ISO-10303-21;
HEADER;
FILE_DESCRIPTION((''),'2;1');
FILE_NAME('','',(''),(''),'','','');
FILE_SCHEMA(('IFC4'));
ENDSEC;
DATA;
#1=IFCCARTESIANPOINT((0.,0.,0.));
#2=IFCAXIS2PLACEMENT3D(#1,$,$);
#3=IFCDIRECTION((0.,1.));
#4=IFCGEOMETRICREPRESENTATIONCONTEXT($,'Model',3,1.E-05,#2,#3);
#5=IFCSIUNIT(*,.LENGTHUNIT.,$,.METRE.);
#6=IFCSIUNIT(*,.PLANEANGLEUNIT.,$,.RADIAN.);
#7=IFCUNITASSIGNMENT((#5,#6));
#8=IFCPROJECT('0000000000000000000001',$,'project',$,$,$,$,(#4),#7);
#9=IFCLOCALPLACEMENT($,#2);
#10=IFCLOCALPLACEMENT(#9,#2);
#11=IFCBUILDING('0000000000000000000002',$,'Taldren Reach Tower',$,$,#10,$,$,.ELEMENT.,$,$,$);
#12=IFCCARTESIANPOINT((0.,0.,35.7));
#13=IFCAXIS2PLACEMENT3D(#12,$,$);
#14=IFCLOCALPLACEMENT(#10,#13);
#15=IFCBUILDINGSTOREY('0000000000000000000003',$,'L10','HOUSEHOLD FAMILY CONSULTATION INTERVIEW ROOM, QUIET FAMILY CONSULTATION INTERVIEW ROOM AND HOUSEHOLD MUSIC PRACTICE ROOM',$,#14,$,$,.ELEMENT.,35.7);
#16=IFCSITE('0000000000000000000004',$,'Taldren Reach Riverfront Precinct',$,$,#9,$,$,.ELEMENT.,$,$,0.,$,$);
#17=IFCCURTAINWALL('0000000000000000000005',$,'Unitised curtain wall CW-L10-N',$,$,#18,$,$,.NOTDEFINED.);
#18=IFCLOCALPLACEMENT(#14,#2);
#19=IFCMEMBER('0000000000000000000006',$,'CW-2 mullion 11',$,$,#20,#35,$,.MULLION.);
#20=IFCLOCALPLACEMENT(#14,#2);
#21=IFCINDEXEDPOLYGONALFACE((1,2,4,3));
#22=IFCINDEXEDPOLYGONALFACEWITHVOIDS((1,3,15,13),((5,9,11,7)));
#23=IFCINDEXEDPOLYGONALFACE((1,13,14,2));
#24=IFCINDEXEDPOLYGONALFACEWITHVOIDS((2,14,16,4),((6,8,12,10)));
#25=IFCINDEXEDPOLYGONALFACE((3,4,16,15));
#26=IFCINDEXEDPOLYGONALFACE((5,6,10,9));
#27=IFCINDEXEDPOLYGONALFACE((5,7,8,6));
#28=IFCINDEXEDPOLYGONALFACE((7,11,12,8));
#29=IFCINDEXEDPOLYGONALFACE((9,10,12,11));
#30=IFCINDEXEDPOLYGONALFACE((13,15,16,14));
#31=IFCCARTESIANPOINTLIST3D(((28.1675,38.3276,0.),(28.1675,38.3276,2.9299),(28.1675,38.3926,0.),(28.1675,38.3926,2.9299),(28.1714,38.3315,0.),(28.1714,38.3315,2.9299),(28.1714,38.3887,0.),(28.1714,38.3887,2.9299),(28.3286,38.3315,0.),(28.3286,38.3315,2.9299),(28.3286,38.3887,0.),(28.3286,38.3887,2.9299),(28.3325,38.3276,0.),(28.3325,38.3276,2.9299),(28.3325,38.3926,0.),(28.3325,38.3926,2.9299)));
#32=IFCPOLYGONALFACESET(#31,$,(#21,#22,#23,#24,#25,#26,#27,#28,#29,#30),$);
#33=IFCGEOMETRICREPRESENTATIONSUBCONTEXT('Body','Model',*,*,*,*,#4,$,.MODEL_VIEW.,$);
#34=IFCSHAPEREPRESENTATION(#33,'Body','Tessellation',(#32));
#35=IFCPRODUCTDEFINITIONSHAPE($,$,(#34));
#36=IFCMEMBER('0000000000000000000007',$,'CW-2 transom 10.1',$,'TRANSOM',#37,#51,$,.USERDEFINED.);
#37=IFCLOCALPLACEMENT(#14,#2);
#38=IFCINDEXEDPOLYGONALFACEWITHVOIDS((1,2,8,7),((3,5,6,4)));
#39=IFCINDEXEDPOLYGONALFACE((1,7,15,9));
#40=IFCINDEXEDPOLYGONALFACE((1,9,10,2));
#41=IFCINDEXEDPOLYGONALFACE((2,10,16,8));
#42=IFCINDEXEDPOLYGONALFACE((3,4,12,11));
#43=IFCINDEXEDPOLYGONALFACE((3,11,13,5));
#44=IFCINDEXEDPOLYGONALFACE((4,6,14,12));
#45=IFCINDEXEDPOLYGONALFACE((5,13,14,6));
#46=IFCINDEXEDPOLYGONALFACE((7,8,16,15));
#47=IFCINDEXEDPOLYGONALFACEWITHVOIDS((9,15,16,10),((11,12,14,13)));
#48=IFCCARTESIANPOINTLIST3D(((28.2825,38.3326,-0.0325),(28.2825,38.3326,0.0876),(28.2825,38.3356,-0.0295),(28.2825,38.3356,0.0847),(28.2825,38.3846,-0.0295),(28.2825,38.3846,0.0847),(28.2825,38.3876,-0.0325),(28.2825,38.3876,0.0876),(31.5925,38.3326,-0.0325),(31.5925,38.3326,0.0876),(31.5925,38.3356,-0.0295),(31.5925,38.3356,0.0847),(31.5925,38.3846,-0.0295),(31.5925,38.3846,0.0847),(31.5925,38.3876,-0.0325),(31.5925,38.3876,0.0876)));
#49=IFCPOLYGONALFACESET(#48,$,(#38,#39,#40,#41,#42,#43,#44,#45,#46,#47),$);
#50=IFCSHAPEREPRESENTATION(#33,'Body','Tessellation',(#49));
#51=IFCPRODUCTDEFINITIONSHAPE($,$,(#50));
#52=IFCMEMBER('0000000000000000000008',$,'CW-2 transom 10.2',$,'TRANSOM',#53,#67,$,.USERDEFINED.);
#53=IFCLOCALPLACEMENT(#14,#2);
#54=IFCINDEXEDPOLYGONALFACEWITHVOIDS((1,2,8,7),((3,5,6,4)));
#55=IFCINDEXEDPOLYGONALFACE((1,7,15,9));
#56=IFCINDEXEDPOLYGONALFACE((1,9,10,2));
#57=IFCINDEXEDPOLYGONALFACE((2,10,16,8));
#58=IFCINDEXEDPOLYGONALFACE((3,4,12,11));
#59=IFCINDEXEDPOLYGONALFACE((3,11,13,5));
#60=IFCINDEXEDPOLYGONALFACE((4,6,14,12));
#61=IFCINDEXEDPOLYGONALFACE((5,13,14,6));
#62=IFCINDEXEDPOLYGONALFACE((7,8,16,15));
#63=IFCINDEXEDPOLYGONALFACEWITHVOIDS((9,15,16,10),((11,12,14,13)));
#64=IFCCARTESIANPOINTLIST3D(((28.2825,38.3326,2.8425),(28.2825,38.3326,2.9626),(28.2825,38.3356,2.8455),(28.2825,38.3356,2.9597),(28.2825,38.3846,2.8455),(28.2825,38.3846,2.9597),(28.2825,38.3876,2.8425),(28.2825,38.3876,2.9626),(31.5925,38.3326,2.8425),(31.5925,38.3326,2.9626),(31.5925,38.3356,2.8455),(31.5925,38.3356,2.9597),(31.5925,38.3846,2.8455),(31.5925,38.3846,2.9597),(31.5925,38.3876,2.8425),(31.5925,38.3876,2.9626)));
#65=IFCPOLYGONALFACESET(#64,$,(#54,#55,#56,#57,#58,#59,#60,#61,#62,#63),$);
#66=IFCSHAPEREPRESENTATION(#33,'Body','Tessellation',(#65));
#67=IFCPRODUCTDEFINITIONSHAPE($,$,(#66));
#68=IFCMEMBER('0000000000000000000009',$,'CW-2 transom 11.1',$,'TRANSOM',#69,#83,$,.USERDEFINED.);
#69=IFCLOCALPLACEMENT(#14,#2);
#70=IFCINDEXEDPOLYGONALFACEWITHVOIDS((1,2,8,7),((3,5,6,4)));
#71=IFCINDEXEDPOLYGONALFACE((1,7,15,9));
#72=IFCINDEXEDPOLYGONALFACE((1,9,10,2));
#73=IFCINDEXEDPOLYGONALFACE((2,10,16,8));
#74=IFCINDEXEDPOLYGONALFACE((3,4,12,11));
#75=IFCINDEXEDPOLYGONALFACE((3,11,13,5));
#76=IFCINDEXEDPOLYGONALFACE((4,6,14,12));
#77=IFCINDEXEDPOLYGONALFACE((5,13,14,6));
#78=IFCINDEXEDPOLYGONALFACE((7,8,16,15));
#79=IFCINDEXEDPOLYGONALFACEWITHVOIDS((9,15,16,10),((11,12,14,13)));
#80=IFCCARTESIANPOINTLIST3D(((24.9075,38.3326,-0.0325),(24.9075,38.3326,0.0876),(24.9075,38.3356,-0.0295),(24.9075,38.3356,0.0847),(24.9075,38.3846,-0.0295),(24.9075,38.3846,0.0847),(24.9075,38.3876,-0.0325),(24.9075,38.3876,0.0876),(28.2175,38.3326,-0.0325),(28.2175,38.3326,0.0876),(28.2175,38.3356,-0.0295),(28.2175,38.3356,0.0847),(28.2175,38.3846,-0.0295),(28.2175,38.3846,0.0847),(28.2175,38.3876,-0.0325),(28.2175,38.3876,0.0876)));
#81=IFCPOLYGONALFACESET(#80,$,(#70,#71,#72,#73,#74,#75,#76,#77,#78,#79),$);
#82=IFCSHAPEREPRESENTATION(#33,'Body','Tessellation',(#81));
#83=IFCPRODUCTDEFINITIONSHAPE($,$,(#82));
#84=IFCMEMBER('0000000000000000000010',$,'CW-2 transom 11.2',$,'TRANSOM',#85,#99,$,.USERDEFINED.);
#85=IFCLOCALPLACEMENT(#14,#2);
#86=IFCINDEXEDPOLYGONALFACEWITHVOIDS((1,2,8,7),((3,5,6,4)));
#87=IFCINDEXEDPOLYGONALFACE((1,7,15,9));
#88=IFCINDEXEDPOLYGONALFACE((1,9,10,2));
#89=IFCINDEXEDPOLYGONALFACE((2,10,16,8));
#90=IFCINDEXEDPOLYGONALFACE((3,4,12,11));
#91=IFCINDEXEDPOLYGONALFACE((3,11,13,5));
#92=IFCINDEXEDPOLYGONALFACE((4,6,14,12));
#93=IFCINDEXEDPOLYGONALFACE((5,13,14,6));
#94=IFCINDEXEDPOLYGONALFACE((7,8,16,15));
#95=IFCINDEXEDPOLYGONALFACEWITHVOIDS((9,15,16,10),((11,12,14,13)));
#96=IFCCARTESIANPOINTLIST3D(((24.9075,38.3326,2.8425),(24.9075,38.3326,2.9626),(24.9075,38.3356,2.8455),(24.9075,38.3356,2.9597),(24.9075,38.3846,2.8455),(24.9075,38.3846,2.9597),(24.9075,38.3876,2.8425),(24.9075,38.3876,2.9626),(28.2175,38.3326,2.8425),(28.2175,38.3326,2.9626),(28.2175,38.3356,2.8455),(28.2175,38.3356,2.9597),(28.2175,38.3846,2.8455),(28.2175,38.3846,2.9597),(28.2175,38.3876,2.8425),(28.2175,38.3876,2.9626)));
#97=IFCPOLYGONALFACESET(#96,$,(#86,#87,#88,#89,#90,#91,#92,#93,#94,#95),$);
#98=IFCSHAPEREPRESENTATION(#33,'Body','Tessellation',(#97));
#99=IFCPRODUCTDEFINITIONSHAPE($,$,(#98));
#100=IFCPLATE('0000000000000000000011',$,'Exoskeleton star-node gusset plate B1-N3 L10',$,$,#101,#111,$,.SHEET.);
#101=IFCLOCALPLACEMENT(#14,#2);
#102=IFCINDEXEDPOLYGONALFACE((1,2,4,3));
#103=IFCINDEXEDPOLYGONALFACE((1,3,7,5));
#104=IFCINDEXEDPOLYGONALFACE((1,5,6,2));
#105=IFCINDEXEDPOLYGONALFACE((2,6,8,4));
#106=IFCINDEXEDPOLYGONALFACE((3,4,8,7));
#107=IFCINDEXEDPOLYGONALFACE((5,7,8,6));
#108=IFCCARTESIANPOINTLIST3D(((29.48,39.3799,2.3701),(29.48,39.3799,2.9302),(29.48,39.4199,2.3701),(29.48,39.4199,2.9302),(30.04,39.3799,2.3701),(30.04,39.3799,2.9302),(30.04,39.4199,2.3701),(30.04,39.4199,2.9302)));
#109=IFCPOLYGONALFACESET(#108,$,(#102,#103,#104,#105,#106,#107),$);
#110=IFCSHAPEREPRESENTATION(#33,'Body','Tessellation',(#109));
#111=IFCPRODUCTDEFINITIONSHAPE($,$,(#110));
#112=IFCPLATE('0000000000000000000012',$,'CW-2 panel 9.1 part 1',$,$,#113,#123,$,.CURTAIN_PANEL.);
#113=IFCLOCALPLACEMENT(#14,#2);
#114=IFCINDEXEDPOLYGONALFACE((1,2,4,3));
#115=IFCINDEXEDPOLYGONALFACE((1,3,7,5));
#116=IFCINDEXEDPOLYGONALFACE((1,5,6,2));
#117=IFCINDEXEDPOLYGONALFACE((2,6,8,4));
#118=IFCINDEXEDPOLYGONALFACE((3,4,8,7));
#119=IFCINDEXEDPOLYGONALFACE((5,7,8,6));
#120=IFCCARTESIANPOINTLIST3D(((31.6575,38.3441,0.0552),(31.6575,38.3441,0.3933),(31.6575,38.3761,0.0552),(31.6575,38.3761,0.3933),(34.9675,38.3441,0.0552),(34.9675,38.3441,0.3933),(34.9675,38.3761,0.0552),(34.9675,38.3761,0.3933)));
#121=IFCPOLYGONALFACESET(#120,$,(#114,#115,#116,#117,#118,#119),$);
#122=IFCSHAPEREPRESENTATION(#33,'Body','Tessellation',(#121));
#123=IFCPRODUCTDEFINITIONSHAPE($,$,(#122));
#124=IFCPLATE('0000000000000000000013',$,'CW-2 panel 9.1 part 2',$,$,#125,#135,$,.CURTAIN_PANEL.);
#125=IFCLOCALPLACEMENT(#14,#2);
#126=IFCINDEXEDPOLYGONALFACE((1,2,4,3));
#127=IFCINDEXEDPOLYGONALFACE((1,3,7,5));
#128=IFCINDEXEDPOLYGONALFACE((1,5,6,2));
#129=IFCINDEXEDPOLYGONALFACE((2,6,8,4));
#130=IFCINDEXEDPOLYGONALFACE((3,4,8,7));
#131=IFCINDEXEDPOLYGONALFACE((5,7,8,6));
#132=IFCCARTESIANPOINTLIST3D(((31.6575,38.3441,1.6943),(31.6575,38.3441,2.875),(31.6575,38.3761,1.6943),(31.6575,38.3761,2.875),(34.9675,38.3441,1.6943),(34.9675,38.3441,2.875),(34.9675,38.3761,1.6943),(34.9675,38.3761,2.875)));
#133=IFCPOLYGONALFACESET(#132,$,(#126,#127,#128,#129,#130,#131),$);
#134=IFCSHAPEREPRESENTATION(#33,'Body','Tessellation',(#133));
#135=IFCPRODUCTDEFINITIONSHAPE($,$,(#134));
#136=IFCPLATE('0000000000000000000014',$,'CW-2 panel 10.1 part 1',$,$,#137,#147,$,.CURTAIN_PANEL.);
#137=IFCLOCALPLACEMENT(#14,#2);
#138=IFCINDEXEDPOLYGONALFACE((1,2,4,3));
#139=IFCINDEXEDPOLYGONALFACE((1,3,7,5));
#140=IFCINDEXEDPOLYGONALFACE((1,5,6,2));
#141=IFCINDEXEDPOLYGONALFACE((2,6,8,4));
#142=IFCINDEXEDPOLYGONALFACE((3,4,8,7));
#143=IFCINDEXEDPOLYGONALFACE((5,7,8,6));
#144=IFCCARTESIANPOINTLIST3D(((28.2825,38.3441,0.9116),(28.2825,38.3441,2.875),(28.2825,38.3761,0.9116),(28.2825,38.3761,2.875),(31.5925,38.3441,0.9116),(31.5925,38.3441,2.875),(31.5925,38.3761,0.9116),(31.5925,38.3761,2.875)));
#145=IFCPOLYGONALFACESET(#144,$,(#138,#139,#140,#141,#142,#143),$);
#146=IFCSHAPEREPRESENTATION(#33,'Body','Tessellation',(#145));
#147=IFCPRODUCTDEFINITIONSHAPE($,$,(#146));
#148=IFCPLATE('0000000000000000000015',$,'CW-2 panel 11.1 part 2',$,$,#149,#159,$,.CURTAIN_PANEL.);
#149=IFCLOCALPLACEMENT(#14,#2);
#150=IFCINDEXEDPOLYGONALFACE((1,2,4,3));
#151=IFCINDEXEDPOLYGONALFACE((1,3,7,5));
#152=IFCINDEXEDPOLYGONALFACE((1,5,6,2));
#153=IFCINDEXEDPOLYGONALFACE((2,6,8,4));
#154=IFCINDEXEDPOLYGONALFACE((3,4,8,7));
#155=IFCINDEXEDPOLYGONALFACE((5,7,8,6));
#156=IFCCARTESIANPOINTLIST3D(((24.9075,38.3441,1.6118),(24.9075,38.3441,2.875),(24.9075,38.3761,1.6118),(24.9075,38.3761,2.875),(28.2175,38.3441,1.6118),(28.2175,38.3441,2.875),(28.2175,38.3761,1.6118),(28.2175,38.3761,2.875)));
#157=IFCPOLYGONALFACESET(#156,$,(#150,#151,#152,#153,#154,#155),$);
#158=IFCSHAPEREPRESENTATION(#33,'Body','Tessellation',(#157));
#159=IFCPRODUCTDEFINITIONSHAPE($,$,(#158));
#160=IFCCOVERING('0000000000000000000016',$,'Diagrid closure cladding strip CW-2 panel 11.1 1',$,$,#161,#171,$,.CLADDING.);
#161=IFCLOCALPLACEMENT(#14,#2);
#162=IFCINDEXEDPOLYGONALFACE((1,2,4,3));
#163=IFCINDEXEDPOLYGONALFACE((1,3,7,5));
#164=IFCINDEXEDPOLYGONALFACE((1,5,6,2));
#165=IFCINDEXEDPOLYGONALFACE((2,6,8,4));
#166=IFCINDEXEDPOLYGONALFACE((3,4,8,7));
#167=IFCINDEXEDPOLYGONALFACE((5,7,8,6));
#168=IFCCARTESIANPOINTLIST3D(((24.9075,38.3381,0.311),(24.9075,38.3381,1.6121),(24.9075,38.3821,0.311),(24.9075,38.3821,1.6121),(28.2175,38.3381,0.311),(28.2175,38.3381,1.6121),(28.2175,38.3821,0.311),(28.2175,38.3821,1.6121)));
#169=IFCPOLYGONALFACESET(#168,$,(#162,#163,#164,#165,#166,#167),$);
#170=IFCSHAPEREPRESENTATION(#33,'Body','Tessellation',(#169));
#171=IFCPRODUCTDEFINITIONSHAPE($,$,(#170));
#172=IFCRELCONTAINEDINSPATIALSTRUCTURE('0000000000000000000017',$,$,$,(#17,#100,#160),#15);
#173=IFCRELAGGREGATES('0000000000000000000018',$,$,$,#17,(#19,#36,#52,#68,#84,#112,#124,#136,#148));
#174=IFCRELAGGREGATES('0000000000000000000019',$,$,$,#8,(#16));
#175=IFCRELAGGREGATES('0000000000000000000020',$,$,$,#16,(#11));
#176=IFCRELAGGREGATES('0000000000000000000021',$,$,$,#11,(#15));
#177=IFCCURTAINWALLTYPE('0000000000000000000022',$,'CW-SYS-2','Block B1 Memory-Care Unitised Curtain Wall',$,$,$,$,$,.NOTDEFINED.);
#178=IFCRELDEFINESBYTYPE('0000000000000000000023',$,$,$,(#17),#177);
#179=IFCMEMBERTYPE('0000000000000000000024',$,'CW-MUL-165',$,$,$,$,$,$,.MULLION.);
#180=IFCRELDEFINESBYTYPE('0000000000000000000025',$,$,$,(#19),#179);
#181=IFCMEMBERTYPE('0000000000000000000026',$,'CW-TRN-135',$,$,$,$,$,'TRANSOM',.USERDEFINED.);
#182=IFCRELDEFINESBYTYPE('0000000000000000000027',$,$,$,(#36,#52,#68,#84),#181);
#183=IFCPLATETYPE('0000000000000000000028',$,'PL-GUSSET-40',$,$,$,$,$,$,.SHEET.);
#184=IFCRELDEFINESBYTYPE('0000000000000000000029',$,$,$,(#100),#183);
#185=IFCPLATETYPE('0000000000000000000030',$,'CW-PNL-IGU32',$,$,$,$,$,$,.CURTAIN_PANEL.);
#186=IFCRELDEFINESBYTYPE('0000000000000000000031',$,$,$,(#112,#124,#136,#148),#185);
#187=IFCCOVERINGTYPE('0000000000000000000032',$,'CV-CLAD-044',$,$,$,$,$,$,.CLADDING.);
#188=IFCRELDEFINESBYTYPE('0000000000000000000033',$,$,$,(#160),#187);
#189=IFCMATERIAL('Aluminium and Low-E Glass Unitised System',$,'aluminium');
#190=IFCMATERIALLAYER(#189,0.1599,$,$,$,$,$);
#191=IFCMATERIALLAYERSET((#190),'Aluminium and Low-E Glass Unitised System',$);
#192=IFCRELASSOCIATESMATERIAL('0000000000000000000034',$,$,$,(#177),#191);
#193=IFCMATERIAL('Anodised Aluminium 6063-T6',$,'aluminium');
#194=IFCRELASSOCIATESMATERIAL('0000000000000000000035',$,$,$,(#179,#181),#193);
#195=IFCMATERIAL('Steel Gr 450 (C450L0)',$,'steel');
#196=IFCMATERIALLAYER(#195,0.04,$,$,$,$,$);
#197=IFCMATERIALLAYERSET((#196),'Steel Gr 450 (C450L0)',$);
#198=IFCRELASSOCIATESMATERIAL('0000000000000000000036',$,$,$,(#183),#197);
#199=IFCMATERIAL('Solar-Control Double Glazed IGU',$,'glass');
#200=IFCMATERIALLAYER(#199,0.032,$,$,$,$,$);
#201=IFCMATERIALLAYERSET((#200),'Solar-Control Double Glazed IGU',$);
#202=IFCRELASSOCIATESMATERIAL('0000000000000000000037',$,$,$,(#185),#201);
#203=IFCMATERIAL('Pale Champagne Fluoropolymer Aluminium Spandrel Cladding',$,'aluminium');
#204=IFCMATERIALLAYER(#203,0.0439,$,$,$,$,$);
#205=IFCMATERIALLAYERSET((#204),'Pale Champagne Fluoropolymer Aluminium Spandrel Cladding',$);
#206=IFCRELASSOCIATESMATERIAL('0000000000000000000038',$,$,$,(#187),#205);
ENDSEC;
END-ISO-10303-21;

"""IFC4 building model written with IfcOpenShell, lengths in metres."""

from ifc_helpers import new_model, si_unit, direction, frame, origin, origin_2d, place, context, subcontext, project, spatial, rectangle, hollow_rectangle, extrude, source, transform, mapped, material, layer, layer_set, material_profile, profile_set, type_object, element, aggregate, save


model = new_model("IFC4")

# Units and contexts
model_context = context("Model", 3, precision=1e-05, world=origin(), true_north=direction((0.0, 1.0)))
body_context = subcontext(model_context, "Body", "Model", "MODEL_VIEW")
ifc_project = project(units=[si_unit("LENGTHUNIT", "METRE"), si_unit("PLANEANGLEUNIT", "RADIAN")], contexts=[model_context])

# Site, building, storey
site_placement = place(None, origin())
site = spatial("IfcSite", under=ifc_project, at=site_placement, Name="Taldren Reach Riverfront Precinct", CompositionType="ELEMENT", RefElevation=0.0)
building_placement = place(site_placement, origin())
building = spatial("IfcBuilding", under=site, at=building_placement, Name="Taldren Reach Tower", CompositionType="ELEMENT")
storey_placement = place(building_placement, frame((0.0, 0.0, 35.7)))
storey = spatial("IfcBuildingStorey", under=building, at=storey_placement, Name="L10", Description="HOUSEHOLD FAMILY CONSULTATION INTERVIEW ROOM, QUIET FAMILY CONSULTATION INTERVIEW ROOM AND HOUSEHOLD MUSIC PRACTICE ROOM", CompositionType="ELEMENT", Elevation=35.7)

# Shared definitions
ifc_material_1 = material(Name="Steel Gr 450 (C450L0)", Category="steel")

# Curtain wall, members
ifc_material_2 = material(Name="Aluminium and Low-E Glass Unitised System", Category="aluminium")
ifc_layer_1 = layer(ifc_material_2, 0.1599)
ifc_layer_set_1 = layer_set([ifc_layer_1], Name="Aluminium and Low-E Glass Unitised System")
curtain_wall_type = type_object("IfcCurtainWallType", Name="CW-SYS-2", Description="Block B1 Memory-Care Unitised Curtain Wall", PredefinedType="NOTDEFINED", material=ifc_layer_set_1)
curtain_wall_placement = place(storey_placement, origin())
curtain_wall = element("IfcCurtainWall", 1, at=curtain_wall_placement, inside=storey, type_object=curtain_wall_type, Name="Unitised curtain wall CW-L10-N", PredefinedType="NOTDEFINED")
ifc_material_3 = material(Name="Anodised Aluminium 6063-T6", Category="aluminium")
ifc_material_profile_1 = material_profile(ifc_material_3, hollow_rectangle(XDim=0.0649, YDim=0.165, WallThickness=0.0039, at=origin_2d()), Name="ALU-165x65x4RHS")
ifc_profile_set_1 = profile_set([ifc_material_profile_1], Name="Anodised Aluminium 6063-T6")
member_type_1 = type_object("IfcMemberType", Name="CW-MUL-165", PredefinedType="MULLION", material=ifc_profile_set_1)
shared_shape_1 = source(origin(), body_context, "Body", "SweptSolid", [
    extrude(hollow_rectangle(XDim=0.0649, YDim=0.165, WallThickness=0.0039, at=origin_2d()), origin(), (0.0, 0.0, 1.0), 2.9299),
])
member_1_placement = place(storey_placement, frame((28.25, 38.3601, 0.0), z_axis=(0.0, 0.0, 1.0), x_axis=(0.0, -1.0, 0.0)))
member_1 = element("IfcMember", 2, at=member_1_placement, type_object=member_type_1, Name="CW-2 mullion 11", PredefinedType="MULLION", context=body_context, shape_type="MappedRepresentation", body=[
    mapped(shared_shape_1, transform((0.0, 0.0, 0.0), scale=1.0)),
])
ifc_material_profile_2 = material_profile(ifc_material_3, hollow_rectangle(XDim=0.0549, YDim=0.1201, WallThickness=0.0029, at=origin_2d()), Name="ALU-120x55x3RHS")
ifc_profile_set_2 = profile_set([ifc_material_profile_2], Name="Anodised Aluminium 6063-T6")
member_type_2 = type_object("IfcMemberType", Name="CW-TRN-135", ElementType="TRANSOM", PredefinedType="USERDEFINED", material=ifc_profile_set_2)
shared_shape_2 = source(origin(), body_context, "Body", "SweptSolid", [
    extrude(hollow_rectangle(XDim=0.0549, YDim=0.1201, WallThickness=0.0029, at=origin_2d()), origin(), (0.0, 0.0, 1.0), 3.3101),
])
member_2_placement = place(storey_placement, frame((31.5925, 38.3601, 0.0276), z_axis=(-1.0, 0.0, 0.0), x_axis=(0.0, -1.0, 0.0)))
member_2 = element("IfcMember", 3, at=member_2_placement, type_object=member_type_2, Name="CW-2 transom 10.1", ObjectType="TRANSOM", PredefinedType="USERDEFINED", context=body_context, shape_type="MappedRepresentation", body=[
    mapped(shared_shape_2, transform((0.0, 0.0, 0.0), scale=1.0)),
])
member_3_placement = place(storey_placement, frame((31.5925, 38.3601, 2.9026), z_axis=(-1.0, 0.0, 0.0), x_axis=(0.0, -1.0, 0.0)))
member_3 = element("IfcMember", 4, at=member_3_placement, type_object=member_type_2, Name="CW-2 transom 10.2", ObjectType="TRANSOM", PredefinedType="USERDEFINED", context=body_context, shape_type="MappedRepresentation", body=[
    mapped(shared_shape_2, transform((0.0, 0.0, 0.0), scale=1.0)),
])
member_4_placement = place(storey_placement, frame((28.2175, 38.3601, 0.0276), z_axis=(-1.0, 0.0, 0.0), x_axis=(0.0, -1.0, 0.0)))
member_4 = element("IfcMember", 5, at=member_4_placement, type_object=member_type_2, Name="CW-2 transom 11.1", ObjectType="TRANSOM", PredefinedType="USERDEFINED", context=body_context, shape_type="MappedRepresentation", body=[
    mapped(shared_shape_2, transform((0.0, 0.0, 0.0), scale=1.0)),
])
member_5_placement = place(storey_placement, frame((28.2175, 38.3601, 2.9026), z_axis=(-1.0, 0.0, 0.0), x_axis=(0.0, -1.0, 0.0)))
member_5 = element("IfcMember", 6, at=member_5_placement, type_object=member_type_2, Name="CW-2 transom 11.2", ObjectType="TRANSOM", PredefinedType="USERDEFINED", context=body_context, shape_type="MappedRepresentation", body=[
    mapped(shared_shape_2, transform((0.0, 0.0, 0.0), scale=1.0)),
])

# Plates
ifc_layer_2 = layer(ifc_material_1, 0.04)
ifc_layer_set_2 = layer_set([ifc_layer_2], Name="Steel Gr 450 (C450L0)")
plate_type_1 = type_object("IfcPlateType", Name="PL-GUSSET-40", PredefinedType="SHEET", material=ifc_layer_set_2)
shared_shape_3 = source(origin(), body_context, "Body", "SweptSolid", [
    extrude(rectangle(XDim=0.5601, YDim=0.04, at=origin_2d()), origin(), (0.0, 0.0, 1.0), 0.5601),
])
plate_1_placement = place(storey_placement, frame((29.76, 39.3999, 2.3701), z_axis=(0.0, 0.0, 1.0), x_axis=(1.0, 0.0, 0.0)))
element("IfcPlate", 7, at=plate_1_placement, inside=storey, type_object=plate_type_1, Name="Exoskeleton star-node gusset plate B1-N3 L10", PredefinedType="SHEET", context=body_context, shape_type="MappedRepresentation", body=[
    mapped(shared_shape_3, transform((0.0, 0.0, 0.0), scale=1.0)),
])
ifc_material_4 = material(Name="Solar-Control Double Glazed IGU", Category="glass")
ifc_layer_3 = layer(ifc_material_4, 0.032)
ifc_layer_set_3 = layer_set([ifc_layer_3], Name="Solar-Control Double Glazed IGU")
plate_type_2 = type_object("IfcPlateType", Name="CW-PNL-IGU32", PredefinedType="CURTAIN_PANEL", material=ifc_layer_set_3)
shared_shape_4 = source(origin(), body_context, "Body", "SweptSolid", [
    extrude(rectangle(XDim=3.3101, YDim=0.032, at=origin_2d()), origin(), (0.0, 0.0, 1.0), 0.3381),
])
plate_2_placement = place(storey_placement, frame((33.3125, 38.3601, 0.0552), z_axis=(0.0, 0.0, 1.0), x_axis=(-1.0, 0.0, 0.0)))
plate_2 = element("IfcPlate", 8, at=plate_2_placement, type_object=plate_type_2, Name="CW-2 panel 9.1 part 1", PredefinedType="CURTAIN_PANEL", context=body_context, shape_type="MappedRepresentation", body=[
    mapped(shared_shape_4, transform((0.0, 0.0, 0.0), scale=1.0)),
])
shared_shape_5 = source(origin(), body_context, "Body", "SweptSolid", [
    extrude(rectangle(XDim=3.3101, YDim=0.032, at=origin_2d()), origin(), (0.0, 0.0, 1.0), 1.1807),
])
plate_3_placement = place(storey_placement, frame((33.3125, 38.3601, 1.6943), z_axis=(0.0, 0.0, 1.0), x_axis=(-1.0, 0.0, 0.0)))
plate_3 = element("IfcPlate", 9, at=plate_3_placement, type_object=plate_type_2, Name="CW-2 panel 9.1 part 2", PredefinedType="CURTAIN_PANEL", context=body_context, shape_type="MappedRepresentation", body=[
    mapped(shared_shape_5, transform((0.0, 0.0, 0.0), scale=1.0)),
])
shared_shape_6 = source(origin(), body_context, "Body", "SweptSolid", [
    extrude(rectangle(XDim=3.3101, YDim=0.032, at=origin_2d()), origin(), (0.0, 0.0, 1.0), 1.9634),
])
plate_4_placement = place(storey_placement, frame((29.9375, 38.3601, 0.9116), z_axis=(0.0, 0.0, 1.0), x_axis=(-1.0, 0.0, 0.0)))
plate_4 = element("IfcPlate", 10, at=plate_4_placement, type_object=plate_type_2, Name="CW-2 panel 10.1 part 1", PredefinedType="CURTAIN_PANEL", context=body_context, shape_type="MappedRepresentation", body=[
    mapped(shared_shape_6, transform((0.0, 0.0, 0.0), scale=1.0)),
])
shared_shape_7 = source(origin(), body_context, "Body", "SweptSolid", [
    extrude(rectangle(XDim=3.3101, YDim=0.032, at=origin_2d()), origin(), (0.0, 0.0, 1.0), 1.2632),
])
plate_5_placement = place(storey_placement, frame((26.5625, 38.3601, 1.6118), z_axis=(0.0, 0.0, 1.0), x_axis=(-1.0, 0.0, 0.0)))
plate_5 = element("IfcPlate", 11, at=plate_5_placement, type_object=plate_type_2, Name="CW-2 panel 11.1 part 2", PredefinedType="CURTAIN_PANEL", context=body_context, shape_type="MappedRepresentation", body=[
    mapped(shared_shape_7, transform((0.0, 0.0, 0.0), scale=1.0)),
])
aggregate(curtain_wall, [member_1, member_2, member_3, member_4, member_5, plate_2, plate_3, plate_4, plate_5])

# Covering
ifc_material_5 = material(Name="Pale Champagne Fluoropolymer Aluminium Spandrel Cladding", Category="aluminium")
ifc_layer_4 = layer(ifc_material_5, 0.0439)
ifc_layer_set_4 = layer_set([ifc_layer_4], Name="Pale Champagne Fluoropolymer Aluminium Spandrel Cladding")
covering_type = type_object("IfcCoveringType", Name="CV-CLAD-044", PredefinedType="CLADDING", material=ifc_layer_set_4)
shared_shape_8 = source(origin(), body_context, "Body", "SweptSolid", [
    extrude(rectangle(XDim=3.3101, YDim=0.0439, at=origin_2d()), origin(), (0.0, 0.0, 1.0), 1.301),
])
covering_1_placement = place(storey_placement, frame((26.5625, 38.3601, 0.311), z_axis=(0.0, 0.0, 1.0), x_axis=(-1.0, 0.0, 0.0)))
element("IfcCovering", 12, at=covering_1_placement, inside=storey, type_object=covering_type, Name="Diagrid closure cladding strip CW-2 panel 11.1 1", PredefinedType="CLADDING", context=body_context, shape_type="MappedRepresentation", body=[
    mapped(shared_shape_8, transform((0.0, 0.0, 0.0), scale=1.0)),
])

save(model, "model.ifc")
